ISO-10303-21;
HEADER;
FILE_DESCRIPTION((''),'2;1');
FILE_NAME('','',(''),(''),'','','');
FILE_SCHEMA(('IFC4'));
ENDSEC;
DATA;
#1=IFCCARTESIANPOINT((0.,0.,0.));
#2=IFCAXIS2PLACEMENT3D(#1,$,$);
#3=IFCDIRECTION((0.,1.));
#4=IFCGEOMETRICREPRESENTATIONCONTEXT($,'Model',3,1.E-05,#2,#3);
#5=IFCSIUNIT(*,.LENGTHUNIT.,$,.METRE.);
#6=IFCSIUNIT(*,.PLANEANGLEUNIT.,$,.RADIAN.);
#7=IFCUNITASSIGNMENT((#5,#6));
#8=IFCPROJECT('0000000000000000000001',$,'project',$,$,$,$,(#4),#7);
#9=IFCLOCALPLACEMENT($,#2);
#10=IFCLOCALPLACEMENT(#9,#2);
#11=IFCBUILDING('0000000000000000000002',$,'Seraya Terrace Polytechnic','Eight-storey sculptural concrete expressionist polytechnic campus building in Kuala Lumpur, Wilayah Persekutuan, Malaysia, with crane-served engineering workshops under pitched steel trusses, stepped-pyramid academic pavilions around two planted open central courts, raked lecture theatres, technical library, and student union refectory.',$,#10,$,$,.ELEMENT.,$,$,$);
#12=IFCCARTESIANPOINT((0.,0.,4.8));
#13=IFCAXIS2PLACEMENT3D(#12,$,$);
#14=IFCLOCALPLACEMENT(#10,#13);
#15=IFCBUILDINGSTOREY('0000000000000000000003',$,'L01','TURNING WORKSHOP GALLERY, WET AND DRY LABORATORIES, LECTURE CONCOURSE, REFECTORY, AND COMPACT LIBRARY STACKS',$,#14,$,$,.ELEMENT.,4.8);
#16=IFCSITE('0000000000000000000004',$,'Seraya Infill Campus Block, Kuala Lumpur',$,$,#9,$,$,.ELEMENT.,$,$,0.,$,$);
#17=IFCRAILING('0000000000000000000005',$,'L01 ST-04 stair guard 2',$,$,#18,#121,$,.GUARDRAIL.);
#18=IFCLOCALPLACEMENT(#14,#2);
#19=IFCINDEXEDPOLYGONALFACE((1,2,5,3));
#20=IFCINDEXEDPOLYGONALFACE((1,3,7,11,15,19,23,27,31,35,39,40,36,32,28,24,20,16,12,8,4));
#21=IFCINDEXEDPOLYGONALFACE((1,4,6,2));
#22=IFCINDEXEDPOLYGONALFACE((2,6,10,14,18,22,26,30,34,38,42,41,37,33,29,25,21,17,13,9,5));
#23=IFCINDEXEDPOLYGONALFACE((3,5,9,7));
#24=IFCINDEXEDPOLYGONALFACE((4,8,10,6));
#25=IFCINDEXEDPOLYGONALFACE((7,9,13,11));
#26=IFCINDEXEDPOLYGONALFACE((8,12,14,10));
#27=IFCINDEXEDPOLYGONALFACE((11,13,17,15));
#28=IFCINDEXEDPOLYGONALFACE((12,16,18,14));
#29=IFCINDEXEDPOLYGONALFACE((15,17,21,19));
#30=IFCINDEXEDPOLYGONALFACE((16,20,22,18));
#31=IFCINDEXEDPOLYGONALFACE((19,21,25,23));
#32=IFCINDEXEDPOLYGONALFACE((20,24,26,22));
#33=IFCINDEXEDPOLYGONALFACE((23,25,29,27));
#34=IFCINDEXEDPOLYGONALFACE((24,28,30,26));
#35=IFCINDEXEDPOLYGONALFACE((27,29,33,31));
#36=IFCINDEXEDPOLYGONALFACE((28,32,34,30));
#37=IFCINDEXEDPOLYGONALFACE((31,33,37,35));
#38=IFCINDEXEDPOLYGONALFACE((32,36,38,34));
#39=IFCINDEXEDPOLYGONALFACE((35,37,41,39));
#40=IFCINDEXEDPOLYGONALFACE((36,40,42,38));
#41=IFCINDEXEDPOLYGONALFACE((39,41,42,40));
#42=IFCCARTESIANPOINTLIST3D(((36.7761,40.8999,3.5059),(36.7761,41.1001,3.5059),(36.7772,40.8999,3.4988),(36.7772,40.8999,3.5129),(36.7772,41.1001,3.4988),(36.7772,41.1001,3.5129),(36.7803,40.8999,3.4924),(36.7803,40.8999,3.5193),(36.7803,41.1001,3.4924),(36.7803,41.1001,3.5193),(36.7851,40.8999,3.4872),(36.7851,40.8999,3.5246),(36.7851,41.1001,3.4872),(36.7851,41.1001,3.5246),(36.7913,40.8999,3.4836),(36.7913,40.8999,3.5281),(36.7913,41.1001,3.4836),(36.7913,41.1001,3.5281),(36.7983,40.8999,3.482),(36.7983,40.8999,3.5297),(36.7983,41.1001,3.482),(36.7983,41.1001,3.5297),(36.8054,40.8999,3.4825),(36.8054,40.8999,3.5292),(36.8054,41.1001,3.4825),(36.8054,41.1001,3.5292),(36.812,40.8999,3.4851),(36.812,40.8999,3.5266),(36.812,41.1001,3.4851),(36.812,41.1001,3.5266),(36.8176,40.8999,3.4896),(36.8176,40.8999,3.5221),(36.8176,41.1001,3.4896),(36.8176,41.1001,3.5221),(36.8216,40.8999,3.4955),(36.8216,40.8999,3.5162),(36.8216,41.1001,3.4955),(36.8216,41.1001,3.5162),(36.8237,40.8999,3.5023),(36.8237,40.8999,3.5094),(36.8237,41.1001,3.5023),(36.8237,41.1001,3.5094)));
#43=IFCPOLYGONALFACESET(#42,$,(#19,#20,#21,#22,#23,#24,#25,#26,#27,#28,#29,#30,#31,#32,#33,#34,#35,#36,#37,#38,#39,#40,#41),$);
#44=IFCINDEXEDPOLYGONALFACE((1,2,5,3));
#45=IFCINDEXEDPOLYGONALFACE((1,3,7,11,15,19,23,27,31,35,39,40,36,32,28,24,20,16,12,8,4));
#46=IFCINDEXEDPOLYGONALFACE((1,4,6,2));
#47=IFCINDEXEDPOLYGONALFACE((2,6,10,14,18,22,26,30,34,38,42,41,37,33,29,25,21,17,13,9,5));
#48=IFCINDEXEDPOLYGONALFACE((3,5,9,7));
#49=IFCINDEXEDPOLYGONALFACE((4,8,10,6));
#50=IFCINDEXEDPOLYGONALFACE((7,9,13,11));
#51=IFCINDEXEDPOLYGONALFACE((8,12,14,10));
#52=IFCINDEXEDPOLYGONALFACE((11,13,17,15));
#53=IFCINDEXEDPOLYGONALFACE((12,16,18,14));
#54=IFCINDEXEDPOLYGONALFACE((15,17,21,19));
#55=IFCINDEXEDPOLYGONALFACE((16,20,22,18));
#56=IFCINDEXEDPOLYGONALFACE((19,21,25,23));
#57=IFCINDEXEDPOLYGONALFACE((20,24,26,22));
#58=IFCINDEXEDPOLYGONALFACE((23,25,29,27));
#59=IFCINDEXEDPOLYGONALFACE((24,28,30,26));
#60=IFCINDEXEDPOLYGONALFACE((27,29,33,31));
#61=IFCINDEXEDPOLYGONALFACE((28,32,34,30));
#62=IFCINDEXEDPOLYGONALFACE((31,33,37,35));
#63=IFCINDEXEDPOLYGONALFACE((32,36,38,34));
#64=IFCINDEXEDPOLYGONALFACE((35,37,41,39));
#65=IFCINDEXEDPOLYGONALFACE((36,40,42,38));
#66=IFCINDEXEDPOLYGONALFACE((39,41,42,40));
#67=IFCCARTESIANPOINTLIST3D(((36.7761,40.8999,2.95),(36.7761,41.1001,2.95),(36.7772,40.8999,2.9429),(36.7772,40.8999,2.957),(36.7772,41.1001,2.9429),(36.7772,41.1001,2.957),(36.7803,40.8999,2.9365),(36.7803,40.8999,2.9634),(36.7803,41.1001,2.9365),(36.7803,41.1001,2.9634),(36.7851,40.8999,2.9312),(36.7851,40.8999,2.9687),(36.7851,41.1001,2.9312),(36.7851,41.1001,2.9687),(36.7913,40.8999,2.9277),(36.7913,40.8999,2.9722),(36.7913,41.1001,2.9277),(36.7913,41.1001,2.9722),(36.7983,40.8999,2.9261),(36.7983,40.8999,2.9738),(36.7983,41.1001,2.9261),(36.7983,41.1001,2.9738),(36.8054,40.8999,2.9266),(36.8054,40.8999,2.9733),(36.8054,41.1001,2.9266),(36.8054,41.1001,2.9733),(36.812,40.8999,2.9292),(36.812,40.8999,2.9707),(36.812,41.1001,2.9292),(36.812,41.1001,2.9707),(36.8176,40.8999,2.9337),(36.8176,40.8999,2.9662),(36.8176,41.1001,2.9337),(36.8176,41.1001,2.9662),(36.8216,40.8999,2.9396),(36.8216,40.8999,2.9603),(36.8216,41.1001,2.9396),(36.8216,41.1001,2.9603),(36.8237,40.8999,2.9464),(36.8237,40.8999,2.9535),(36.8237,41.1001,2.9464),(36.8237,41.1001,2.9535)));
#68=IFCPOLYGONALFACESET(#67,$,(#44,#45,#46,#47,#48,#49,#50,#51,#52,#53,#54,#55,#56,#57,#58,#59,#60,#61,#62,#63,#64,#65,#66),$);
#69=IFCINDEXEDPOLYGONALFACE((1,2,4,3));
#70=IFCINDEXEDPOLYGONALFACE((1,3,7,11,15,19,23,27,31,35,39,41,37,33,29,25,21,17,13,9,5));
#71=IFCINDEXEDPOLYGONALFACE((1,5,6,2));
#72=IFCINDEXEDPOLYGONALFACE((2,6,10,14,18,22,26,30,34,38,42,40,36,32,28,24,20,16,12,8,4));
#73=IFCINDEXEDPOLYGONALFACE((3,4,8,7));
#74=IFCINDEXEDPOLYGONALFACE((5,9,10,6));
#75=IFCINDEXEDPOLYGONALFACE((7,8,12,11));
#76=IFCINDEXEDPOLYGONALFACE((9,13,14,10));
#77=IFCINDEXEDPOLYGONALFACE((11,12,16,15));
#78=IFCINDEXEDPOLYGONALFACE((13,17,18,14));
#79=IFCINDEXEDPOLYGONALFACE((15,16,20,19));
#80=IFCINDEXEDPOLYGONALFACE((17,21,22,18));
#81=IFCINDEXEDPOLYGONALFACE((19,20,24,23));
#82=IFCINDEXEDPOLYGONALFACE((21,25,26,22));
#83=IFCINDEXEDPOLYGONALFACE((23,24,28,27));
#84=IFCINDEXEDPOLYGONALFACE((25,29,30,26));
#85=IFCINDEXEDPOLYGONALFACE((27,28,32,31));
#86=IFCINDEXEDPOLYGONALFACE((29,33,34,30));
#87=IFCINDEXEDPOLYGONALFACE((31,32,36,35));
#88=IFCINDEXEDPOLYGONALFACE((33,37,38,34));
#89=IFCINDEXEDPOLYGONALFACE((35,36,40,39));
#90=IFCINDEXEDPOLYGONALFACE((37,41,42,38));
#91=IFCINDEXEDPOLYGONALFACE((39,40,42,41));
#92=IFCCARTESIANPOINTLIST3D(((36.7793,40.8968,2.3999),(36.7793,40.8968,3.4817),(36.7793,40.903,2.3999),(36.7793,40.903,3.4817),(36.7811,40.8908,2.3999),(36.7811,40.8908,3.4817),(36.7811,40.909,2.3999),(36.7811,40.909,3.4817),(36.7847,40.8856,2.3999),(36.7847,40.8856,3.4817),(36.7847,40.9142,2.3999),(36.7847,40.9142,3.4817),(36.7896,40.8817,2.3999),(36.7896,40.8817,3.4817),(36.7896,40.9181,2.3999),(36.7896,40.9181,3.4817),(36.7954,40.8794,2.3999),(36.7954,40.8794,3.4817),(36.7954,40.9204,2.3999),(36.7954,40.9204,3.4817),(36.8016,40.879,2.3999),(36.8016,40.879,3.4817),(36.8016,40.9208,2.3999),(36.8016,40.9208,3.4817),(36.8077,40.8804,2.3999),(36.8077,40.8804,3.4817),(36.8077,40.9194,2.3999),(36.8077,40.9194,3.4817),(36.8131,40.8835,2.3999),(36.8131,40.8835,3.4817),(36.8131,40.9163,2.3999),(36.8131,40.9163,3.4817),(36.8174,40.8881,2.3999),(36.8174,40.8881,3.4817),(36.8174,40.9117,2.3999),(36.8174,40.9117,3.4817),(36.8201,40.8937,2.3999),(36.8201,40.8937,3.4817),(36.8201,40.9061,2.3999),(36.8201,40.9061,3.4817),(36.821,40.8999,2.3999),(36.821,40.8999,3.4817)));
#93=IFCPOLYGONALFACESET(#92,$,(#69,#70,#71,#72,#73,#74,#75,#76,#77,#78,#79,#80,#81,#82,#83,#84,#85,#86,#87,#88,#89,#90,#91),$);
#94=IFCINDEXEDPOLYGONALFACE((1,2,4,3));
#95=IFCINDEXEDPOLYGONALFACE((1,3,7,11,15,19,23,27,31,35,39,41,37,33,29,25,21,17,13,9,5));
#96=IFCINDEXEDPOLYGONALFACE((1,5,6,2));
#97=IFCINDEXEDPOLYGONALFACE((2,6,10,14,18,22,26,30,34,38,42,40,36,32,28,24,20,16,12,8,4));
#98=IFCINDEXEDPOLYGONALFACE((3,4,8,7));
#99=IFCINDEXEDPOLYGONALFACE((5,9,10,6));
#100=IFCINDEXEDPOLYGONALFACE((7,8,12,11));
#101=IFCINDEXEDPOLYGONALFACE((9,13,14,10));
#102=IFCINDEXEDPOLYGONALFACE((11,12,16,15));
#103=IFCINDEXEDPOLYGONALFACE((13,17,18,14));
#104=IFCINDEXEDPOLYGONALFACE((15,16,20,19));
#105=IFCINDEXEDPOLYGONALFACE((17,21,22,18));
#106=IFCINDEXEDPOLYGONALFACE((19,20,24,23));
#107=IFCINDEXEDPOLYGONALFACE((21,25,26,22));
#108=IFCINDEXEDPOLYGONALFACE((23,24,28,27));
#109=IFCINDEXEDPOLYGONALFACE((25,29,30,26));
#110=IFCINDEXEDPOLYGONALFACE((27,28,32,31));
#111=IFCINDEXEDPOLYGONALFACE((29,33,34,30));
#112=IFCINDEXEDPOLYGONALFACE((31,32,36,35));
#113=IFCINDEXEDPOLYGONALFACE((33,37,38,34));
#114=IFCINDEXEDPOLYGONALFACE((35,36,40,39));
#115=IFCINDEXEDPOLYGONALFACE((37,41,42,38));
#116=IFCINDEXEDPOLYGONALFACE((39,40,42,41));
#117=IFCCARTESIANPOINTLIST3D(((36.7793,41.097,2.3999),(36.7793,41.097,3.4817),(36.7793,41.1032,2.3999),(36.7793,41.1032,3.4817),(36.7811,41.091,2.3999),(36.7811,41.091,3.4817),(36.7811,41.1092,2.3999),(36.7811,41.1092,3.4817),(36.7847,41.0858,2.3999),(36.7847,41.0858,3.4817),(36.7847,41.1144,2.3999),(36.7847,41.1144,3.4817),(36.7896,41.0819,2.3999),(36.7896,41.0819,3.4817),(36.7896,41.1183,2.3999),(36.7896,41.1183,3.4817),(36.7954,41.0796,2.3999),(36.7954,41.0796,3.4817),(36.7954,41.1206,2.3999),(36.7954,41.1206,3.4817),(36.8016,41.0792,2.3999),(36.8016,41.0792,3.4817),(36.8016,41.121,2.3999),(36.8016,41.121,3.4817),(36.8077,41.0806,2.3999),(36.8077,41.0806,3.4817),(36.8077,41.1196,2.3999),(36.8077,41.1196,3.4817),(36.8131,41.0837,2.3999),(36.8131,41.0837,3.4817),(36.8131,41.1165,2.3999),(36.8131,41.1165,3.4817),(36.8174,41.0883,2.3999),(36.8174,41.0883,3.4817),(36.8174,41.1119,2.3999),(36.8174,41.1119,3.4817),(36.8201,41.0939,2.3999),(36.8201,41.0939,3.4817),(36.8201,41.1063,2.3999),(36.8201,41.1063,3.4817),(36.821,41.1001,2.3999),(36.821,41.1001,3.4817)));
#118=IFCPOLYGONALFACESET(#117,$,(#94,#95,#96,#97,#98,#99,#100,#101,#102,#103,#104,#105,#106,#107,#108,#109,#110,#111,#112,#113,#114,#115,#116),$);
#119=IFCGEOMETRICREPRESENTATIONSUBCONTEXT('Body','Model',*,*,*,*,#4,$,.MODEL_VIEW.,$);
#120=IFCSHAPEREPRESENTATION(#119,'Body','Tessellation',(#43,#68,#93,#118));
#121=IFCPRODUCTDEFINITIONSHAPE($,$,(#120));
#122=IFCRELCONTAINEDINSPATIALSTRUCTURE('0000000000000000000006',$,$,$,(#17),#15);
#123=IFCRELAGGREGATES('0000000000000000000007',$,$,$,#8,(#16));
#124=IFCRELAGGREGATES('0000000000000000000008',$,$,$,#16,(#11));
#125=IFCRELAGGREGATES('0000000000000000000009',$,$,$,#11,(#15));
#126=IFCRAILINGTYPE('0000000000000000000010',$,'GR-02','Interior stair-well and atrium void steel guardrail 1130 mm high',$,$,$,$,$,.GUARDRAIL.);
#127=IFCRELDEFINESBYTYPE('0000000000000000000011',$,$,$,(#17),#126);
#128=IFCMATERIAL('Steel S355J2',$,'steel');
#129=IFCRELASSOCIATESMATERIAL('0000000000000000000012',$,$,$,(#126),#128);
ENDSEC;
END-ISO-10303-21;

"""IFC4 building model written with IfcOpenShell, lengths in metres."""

from ifc_helpers import new_model, si_unit, direction, frame, origin, origin_2d, place, context, subcontext, project, spatial, circle, extrude, material, type_object, element, save


model = new_model("IFC4")

# Units and contexts
model_context = context("Model", 3, precision=1e-05, world=origin(), true_north=direction((0.0, 1.0)))
body_context = subcontext(model_context, "Body", "Model", "MODEL_VIEW")
ifc_project = project(units=[si_unit("LENGTHUNIT", "METRE"), si_unit("PLANEANGLEUNIT", "RADIAN")], contexts=[model_context])

# Site, building, storey
site_placement = place(None, origin())
site = spatial("IfcSite", under=ifc_project, at=site_placement, Name="Seraya Infill Campus Block, Kuala Lumpur", CompositionType="ELEMENT", RefElevation=0.0)
building_placement = place(site_placement, origin())
building = spatial("IfcBuilding", under=site, at=building_placement, Name="Seraya Terrace Polytechnic", Description="Eight-storey sculptural concrete expressionist polytechnic campus building in Kuala Lumpur, Wilayah Persekutuan, Malaysia, with crane-served engineering workshops under pitched steel trusses, stepped-pyramid academic pavilions around two planted open central courts, raked lecture theatres, technical library, and student union refectory.", CompositionType="ELEMENT")
storey_placement = place(building_placement, frame((0.0, 0.0, 4.8)))
storey = spatial("IfcBuildingStorey", under=building, at=storey_placement, Name="L01", Description="TURNING WORKSHOP GALLERY, WET AND DRY LABORATORIES, LECTURE CONCOURSE, REFECTORY, AND COMPACT LIBRARY STACKS", CompositionType="ELEMENT", Elevation=4.8)

# Shared definitions
ifc_material_1 = material(Name="Steel S355J2", Category="steel")

# Railing
railing_type_1 = type_object("IfcRailingType", Name="GR-02", Description="Interior stair-well and atrium void steel guardrail 1130 mm high", PredefinedType="GUARDRAIL", material=ifc_material_1)
railing_1_placement = place(storey_placement, frame((36.8, 40.8999, 2.3999)))
element("IfcRailing", 1, at=railing_1_placement, inside=storey, type_object=railing_type_1, Name="L01 ST-04 stair guard 2", PredefinedType="GUARDRAIL", context=body_context, shape_type="SweptSolid", body=[
    extrude(circle(Radius=0.0239, at=origin_2d()), frame((0.0, 0.0, 1.106), z_axis=(0.0, 1.0, 0.0), x_axis=(-1.0, 0.0, 0.0)), (0.0, 0.0, 1.0), 0.2002),
    extrude(circle(Radius=0.0239, at=origin_2d()), frame((0.0, 0.0, 0.55), z_axis=(0.0, 1.0, 0.0), x_axis=(-1.0, 0.0, 0.0)), (0.0, 0.0, 1.0), 0.2002),
    extrude(circle(Radius=0.021, at=origin_2d()), origin(), (0.0, 0.0, 1.0), 1.0818),
    extrude(circle(Radius=0.021, at=origin_2d()), frame((0.0, 0.2002, 0.0)), (0.0, 0.0, 1.0), 1.0818),
])

save(model, "model.ifc")
